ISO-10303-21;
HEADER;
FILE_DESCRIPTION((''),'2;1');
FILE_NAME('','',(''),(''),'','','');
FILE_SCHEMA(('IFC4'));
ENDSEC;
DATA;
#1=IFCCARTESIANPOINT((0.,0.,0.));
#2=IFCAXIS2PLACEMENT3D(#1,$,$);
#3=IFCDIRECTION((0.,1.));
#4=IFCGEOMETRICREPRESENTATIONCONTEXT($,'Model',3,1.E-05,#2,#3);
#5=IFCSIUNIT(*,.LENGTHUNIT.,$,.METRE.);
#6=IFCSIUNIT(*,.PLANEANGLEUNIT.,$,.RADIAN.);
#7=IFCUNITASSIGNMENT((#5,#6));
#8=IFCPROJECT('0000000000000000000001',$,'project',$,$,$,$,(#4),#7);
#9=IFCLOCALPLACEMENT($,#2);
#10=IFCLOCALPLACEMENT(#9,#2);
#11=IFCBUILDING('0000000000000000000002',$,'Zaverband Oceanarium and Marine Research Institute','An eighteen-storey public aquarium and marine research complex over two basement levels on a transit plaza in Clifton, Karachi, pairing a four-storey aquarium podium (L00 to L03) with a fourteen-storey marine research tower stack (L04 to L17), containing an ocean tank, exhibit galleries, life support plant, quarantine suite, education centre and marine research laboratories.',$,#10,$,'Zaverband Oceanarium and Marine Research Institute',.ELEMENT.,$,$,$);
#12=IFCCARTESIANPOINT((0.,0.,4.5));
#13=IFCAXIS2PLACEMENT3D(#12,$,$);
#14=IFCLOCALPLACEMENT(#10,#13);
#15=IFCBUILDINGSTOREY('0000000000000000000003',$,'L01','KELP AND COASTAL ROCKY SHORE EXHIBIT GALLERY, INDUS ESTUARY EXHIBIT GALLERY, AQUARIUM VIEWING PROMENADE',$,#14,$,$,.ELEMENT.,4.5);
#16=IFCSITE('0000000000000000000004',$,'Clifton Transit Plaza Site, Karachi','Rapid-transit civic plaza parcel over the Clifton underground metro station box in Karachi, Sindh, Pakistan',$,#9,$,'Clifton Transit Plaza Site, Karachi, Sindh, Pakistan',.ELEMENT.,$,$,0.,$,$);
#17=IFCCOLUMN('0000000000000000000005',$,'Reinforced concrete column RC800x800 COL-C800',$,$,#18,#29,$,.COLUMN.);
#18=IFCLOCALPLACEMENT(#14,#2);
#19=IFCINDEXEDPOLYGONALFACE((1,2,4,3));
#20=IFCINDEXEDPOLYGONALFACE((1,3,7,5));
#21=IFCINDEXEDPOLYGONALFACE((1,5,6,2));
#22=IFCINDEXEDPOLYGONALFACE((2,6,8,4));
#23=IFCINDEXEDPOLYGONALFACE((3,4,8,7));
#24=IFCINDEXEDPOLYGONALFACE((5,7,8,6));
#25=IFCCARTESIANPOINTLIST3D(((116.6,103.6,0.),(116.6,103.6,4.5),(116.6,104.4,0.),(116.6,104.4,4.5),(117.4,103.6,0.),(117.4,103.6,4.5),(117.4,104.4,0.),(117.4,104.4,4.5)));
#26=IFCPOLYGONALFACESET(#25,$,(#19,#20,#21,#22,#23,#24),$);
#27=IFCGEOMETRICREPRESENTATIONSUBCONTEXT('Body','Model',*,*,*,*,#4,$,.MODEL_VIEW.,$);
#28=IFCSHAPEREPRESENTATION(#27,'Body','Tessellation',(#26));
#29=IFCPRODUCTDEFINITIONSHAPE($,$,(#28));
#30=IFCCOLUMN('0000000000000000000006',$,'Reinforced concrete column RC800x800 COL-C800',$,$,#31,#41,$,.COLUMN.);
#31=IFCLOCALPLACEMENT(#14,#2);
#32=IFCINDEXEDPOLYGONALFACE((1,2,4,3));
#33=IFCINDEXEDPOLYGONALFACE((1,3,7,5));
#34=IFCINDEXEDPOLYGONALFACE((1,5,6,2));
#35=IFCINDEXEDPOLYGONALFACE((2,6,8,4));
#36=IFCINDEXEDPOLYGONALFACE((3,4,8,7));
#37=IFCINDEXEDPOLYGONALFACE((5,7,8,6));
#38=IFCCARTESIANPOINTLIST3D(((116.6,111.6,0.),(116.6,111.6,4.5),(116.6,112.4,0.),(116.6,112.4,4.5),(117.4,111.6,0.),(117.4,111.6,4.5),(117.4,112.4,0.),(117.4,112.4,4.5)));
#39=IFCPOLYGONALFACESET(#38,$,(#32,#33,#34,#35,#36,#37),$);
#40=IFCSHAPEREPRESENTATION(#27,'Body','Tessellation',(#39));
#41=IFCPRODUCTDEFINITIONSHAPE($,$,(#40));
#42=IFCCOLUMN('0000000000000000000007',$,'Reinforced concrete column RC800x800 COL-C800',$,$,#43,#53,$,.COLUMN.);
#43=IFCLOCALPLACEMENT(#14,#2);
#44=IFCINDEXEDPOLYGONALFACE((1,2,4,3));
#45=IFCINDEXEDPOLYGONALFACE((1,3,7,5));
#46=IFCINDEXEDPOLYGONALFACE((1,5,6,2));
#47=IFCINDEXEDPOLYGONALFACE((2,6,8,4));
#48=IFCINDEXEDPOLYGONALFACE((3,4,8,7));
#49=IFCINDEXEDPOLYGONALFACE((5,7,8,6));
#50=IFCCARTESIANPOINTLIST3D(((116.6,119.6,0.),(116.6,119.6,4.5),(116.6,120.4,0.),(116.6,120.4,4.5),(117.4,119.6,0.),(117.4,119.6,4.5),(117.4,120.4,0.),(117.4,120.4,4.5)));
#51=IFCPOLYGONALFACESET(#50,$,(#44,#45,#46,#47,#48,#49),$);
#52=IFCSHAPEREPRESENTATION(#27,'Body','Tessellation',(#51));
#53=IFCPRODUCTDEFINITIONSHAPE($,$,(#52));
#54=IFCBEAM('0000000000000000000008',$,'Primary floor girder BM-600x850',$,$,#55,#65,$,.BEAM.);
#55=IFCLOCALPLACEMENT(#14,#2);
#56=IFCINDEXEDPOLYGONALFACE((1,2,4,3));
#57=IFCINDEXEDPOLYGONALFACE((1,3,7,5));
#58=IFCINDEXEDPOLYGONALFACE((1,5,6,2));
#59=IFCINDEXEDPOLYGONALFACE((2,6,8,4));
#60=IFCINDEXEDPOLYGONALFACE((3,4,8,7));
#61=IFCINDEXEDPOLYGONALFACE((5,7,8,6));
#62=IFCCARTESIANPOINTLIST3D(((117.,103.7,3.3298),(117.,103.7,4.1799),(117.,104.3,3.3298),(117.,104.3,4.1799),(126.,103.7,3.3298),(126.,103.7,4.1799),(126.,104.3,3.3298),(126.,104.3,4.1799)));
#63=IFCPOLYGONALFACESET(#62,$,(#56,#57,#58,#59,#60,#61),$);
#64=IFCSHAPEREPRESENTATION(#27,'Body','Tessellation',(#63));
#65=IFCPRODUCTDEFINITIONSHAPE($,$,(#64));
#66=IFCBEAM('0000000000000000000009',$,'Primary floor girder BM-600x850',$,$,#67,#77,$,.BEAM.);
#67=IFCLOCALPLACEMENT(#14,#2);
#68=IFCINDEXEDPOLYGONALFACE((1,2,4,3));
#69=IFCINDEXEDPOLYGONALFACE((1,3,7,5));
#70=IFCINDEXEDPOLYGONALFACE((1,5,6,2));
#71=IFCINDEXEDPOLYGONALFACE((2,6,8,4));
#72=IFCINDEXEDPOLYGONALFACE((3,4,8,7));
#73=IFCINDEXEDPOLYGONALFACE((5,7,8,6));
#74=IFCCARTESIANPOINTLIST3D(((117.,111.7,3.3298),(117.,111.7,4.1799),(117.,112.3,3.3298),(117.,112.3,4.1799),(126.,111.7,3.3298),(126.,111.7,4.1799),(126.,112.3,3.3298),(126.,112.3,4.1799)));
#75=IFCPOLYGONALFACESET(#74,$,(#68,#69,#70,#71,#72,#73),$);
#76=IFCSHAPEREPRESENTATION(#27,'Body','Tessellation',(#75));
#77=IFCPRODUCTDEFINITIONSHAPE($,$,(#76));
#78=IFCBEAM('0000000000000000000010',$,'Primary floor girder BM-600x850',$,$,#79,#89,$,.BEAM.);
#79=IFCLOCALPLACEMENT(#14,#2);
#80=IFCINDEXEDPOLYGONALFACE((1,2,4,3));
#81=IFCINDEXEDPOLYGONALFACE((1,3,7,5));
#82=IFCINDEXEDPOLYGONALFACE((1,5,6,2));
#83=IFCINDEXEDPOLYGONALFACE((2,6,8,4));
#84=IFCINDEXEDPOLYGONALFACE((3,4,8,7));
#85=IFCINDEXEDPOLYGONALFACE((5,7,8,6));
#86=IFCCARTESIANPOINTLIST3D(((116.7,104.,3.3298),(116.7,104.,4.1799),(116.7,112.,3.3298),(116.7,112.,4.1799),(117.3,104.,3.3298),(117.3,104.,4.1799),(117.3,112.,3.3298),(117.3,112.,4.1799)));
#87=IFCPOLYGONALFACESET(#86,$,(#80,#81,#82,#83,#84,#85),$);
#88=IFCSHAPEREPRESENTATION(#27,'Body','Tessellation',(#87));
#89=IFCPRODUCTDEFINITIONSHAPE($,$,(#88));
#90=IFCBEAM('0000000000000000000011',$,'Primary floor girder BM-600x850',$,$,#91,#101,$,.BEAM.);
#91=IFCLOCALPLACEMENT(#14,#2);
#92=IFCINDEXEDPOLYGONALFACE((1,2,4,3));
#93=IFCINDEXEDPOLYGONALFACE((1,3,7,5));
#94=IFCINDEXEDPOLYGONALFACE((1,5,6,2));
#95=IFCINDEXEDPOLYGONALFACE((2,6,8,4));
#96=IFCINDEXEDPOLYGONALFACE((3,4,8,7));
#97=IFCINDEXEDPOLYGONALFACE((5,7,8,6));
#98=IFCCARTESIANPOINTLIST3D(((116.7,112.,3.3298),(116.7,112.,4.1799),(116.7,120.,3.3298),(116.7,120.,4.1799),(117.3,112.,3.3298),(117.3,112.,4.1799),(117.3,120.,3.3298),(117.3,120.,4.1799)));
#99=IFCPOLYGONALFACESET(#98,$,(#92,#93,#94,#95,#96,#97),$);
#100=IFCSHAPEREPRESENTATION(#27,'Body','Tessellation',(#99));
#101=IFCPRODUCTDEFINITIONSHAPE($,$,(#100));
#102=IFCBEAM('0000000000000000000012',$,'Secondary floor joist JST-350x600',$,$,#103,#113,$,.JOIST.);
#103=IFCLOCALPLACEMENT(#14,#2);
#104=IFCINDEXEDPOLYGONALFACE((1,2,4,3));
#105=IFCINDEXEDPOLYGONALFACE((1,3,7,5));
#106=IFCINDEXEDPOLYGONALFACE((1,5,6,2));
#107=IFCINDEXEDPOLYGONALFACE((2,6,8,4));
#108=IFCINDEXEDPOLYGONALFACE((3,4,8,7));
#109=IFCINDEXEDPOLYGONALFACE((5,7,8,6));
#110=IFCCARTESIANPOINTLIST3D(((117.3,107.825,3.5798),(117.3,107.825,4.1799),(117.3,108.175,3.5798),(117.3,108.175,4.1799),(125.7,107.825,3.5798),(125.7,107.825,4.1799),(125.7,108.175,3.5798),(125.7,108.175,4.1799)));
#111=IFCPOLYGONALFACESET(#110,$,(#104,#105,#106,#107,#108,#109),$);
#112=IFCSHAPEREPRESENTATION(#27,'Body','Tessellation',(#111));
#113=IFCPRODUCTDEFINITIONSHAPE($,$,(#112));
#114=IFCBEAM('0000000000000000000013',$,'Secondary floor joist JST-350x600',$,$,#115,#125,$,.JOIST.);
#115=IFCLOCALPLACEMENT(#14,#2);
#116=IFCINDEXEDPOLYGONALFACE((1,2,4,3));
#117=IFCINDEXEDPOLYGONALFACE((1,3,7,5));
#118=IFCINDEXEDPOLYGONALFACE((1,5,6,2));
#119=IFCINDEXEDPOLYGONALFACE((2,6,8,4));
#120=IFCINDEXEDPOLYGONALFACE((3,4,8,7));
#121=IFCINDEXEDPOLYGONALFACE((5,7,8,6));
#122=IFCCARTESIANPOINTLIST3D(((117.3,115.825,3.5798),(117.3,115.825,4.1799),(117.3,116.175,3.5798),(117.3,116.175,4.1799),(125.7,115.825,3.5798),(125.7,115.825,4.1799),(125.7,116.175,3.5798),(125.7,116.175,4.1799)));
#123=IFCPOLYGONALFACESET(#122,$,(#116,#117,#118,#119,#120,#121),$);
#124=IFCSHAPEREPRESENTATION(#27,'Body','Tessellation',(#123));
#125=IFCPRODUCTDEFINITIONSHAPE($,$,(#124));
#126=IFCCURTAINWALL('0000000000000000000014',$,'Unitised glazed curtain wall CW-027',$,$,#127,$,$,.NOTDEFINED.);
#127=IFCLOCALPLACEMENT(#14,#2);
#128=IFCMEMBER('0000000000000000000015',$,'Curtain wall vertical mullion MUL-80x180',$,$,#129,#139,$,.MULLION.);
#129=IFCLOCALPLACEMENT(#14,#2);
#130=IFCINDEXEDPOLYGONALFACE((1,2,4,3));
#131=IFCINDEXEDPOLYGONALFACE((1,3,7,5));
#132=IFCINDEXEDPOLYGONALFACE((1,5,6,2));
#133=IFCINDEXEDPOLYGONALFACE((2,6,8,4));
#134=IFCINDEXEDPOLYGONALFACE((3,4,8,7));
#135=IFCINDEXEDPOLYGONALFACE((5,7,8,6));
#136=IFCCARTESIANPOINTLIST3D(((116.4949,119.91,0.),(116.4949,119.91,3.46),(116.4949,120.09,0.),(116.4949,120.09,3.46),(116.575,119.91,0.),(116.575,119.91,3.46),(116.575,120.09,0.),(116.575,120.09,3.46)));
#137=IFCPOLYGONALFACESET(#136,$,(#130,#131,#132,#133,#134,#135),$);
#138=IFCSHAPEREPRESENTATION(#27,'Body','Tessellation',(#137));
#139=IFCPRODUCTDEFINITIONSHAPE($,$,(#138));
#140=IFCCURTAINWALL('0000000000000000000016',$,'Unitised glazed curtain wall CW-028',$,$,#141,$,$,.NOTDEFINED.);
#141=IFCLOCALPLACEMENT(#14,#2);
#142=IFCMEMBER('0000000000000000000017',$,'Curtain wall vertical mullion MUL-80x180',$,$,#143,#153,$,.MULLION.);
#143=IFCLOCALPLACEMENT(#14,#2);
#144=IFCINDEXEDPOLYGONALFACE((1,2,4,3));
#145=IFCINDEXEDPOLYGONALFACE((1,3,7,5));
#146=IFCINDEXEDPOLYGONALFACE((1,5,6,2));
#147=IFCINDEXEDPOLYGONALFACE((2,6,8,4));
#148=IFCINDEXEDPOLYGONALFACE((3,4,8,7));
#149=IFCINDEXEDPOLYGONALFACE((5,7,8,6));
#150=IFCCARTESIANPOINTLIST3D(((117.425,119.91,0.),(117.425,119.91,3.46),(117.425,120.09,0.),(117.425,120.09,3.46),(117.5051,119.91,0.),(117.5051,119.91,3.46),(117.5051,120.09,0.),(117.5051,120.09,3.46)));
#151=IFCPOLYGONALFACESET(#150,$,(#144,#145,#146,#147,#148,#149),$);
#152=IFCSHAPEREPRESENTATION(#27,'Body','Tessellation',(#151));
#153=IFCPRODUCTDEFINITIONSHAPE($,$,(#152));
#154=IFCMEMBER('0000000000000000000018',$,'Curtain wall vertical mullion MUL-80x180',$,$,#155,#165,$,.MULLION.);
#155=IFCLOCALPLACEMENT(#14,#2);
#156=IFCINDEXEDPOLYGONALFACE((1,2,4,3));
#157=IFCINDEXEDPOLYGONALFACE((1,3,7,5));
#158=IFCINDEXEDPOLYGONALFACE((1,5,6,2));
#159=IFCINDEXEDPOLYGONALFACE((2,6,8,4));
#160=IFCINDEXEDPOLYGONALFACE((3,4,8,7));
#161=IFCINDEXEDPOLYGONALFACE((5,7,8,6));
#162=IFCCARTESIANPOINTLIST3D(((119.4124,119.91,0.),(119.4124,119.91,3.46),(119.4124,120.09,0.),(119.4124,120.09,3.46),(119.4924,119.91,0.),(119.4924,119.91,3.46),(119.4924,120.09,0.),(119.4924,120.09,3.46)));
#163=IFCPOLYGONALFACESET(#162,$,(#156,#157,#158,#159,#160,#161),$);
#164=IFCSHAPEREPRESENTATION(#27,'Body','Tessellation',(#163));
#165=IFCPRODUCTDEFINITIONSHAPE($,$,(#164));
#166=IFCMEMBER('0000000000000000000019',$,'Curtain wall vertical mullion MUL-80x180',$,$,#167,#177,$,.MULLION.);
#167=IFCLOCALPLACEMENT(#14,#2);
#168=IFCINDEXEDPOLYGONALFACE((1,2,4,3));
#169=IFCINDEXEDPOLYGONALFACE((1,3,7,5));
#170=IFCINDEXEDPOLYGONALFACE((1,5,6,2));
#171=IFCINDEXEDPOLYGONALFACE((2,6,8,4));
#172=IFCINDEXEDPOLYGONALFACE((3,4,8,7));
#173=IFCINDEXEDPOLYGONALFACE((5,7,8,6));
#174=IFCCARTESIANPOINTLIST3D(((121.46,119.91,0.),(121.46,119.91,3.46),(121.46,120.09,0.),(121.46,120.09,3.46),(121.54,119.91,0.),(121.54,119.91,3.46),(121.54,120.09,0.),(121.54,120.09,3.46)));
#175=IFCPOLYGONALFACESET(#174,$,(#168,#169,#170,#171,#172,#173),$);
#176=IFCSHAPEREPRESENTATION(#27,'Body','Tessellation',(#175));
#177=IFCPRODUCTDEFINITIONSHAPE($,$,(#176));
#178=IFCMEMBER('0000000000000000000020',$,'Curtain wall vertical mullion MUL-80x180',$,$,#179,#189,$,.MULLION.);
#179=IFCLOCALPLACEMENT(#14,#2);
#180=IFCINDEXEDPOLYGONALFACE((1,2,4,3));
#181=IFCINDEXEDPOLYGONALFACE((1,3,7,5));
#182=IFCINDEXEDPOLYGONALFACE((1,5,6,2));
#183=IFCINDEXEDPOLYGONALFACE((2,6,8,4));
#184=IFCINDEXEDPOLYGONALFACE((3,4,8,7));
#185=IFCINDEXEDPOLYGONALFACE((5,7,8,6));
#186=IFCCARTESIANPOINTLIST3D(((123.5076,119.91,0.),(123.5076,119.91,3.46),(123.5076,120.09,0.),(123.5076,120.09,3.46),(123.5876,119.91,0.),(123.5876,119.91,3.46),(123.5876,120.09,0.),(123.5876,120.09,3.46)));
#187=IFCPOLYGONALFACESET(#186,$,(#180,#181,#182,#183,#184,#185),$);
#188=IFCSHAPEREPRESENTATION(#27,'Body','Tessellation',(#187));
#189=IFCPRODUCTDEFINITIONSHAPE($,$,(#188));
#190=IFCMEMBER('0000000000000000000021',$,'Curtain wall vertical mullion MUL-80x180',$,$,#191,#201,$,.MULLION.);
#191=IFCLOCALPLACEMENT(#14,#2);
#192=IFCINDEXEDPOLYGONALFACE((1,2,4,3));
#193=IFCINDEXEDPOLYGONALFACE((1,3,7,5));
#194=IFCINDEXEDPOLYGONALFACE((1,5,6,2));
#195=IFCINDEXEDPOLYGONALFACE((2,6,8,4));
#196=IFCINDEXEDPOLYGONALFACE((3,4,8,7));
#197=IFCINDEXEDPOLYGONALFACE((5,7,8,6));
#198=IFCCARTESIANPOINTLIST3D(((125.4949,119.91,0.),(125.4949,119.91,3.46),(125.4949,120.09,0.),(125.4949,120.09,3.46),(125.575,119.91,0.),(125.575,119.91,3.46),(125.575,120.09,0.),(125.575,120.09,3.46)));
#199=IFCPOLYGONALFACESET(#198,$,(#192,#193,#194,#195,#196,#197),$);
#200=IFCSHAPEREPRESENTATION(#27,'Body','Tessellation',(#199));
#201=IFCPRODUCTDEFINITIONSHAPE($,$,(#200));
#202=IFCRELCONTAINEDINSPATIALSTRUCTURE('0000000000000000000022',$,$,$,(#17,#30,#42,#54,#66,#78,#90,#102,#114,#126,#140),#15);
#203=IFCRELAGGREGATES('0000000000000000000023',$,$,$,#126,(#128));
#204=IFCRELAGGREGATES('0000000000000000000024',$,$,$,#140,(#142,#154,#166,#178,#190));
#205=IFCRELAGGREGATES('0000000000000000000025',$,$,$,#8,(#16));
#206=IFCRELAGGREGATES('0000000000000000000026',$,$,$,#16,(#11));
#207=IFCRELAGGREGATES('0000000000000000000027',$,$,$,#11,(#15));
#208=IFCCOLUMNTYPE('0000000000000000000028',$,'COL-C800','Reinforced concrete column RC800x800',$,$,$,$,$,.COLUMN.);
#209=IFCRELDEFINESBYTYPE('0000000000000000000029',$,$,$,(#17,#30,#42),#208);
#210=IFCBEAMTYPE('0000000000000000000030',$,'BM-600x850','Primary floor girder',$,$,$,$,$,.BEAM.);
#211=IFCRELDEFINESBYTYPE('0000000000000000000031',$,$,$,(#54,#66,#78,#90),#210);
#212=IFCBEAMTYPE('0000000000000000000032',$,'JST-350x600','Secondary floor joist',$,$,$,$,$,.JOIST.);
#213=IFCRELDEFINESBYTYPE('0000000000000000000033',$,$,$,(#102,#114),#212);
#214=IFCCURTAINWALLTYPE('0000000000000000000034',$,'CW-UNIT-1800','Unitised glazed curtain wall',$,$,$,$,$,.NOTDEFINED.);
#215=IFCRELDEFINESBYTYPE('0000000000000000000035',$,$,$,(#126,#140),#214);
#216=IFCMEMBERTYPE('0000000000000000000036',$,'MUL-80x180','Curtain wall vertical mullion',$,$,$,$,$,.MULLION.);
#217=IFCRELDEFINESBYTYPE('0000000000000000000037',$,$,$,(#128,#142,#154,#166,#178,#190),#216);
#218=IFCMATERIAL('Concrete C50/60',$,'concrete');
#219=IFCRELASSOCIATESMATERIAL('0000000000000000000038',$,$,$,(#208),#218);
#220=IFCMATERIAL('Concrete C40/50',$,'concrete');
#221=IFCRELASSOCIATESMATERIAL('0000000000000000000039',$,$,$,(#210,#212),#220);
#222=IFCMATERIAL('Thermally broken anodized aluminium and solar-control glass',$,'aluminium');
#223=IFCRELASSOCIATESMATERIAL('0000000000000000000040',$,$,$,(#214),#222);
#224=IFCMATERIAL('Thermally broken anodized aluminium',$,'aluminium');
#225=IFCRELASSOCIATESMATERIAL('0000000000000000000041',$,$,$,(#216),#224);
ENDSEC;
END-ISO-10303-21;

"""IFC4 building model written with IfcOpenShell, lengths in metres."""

from ifc_helpers import new_model, si_unit, direction, frame, origin, origin_2d, place, context, subcontext, project, spatial, rectangle, extrude, material, material_profile, profile_set, type_object, element, aggregate, save


model = new_model("IFC4")

# Units and contexts
model_context = context("Model", 3, precision=1e-05, world=origin(), true_north=direction((0.0, 1.0)))
body_context = subcontext(model_context, "Body", "Model", "MODEL_VIEW")
ifc_project = project(units=[si_unit("LENGTHUNIT", "METRE"), si_unit("PLANEANGLEUNIT", "RADIAN")], contexts=[model_context])

# Site, building, storey
site_placement = place(None, origin())
site = spatial("IfcSite", under=ifc_project, at=site_placement, Name="Clifton Transit Plaza Site, Karachi", Description="Rapid-transit civic plaza parcel over the Clifton underground metro station box in Karachi, Sindh, Pakistan", LongName="Clifton Transit Plaza Site, Karachi, Sindh, Pakistan", CompositionType="ELEMENT", RefElevation=0.0)
building_placement = place(site_placement, origin())
building = spatial("IfcBuilding", under=site, at=building_placement, Name="Zaverband Oceanarium and Marine Research Institute", Description="An eighteen-storey public aquarium and marine research complex over two basement levels on a transit plaza in Clifton, Karachi, pairing a four-storey aquarium podium (L00 to L03) with a fourteen-storey marine research tower stack (L04 to L17), containing an ocean tank, exhibit galleries, life support plant, quarantine suite, education centre and marine research laboratories.", LongName="Zaverband Oceanarium and Marine Research Institute", CompositionType="ELEMENT")
storey_placement = place(building_placement, frame((0.0, 0.0, 4.5)))
storey = spatial("IfcBuildingStorey", under=building, at=storey_placement, Name="L01", Description="KELP AND COASTAL ROCKY SHORE EXHIBIT GALLERY, INDUS ESTUARY EXHIBIT GALLERY, AQUARIUM VIEWING PROMENADE", CompositionType="ELEMENT", Elevation=4.5)

# Columns
ifc_material_1 = material(Name="Concrete C50/60", Category="concrete")
ifc_material_profile_1 = material_profile(ifc_material_1, rectangle(XDim=0.8, YDim=0.8, at=origin_2d()), Name="RC800x800")
ifc_profile_set_1 = profile_set([ifc_material_profile_1], Name="Concrete C50/60")
column_type = type_object("IfcColumnType", Name="COL-C800", Description="Reinforced concrete column RC800x800", PredefinedType="COLUMN", material=ifc_profile_set_1)
for number, where, z_axis, x_axis, name in (
    (1, (117.0, 104.0, 0.0), (0.0, 0.0, 1.0), (1.0, 0.0, 0.0), "Reinforced concrete column RC800x800 COL-C800"),
    (2, (117.0, 112.0, 0.0), (0.0, 0.0, 1.0), (1.0, 0.0, 0.0), "Reinforced concrete column RC800x800 COL-C800"),
    (3, (117.0, 120.0, 0.0), (0.0, 0.0, 1.0), (1.0, 0.0, 0.0), "Reinforced concrete column RC800x800 COL-C800"),
):
    element("IfcColumn", number, at=place(storey_placement, frame(where, z_axis=z_axis, x_axis=x_axis)), inside=storey, type_object=column_type, Name=name, PredefinedType="COLUMN", context=body_context, shape_type="SweptSolid", body=[
        extrude(rectangle(XDim=0.8, YDim=0.8, at=origin_2d()), origin(), (0.0, 0.0, 1.0), 4.5),
    ])

# Beams
ifc_material_2 = material(Name="Concrete C40/50", Category="concrete")
ifc_material_profile_2 = material_profile(ifc_material_2, rectangle(XDim=0.6001, YDim=0.8501, at=origin_2d()), Name="RC600x850")
ifc_profile_set_2 = profile_set([ifc_material_profile_2], Name="Concrete C40/50")
beam_type_1 = type_object("IfcBeamType", Name="BM-600x850", Description="Primary floor girder", PredefinedType="BEAM", material=ifc_profile_set_2)
for number, where, z_axis, x_axis, name in (
    (4, (117.0, 104.0, 3.7549), (1.0, 0.0, 0.0), (0.0, 1.0, 0.0), "Primary floor girder BM-600x850"),
    (5, (117.0, 112.0, 3.7549), (1.0, 0.0, 0.0), (0.0, 1.0, 0.0), "Primary floor girder BM-600x850"),
):
    element("IfcBeam", number, at=place(storey_placement, frame(where, z_axis=z_axis, x_axis=x_axis)), inside=storey, type_object=beam_type_1, Name=name, PredefinedType="BEAM", context=body_context, shape_type="SweptSolid", body=[
        extrude(rectangle(XDim=0.6001, YDim=0.8501, at=origin_2d()), origin(), (0.0, 0.0, 1.0), 9.0),
    ])
for number, where, z_axis, x_axis, name in (
    (6, (117.0, 104.0, 3.7549), (0.0, 1.0, 0.0), (-1.0, 0.0, 0.0), "Primary floor girder BM-600x850"),
    (7, (117.0, 112.0, 3.7549), (0.0, 1.0, 0.0), (-1.0, 0.0, 0.0), "Primary floor girder BM-600x850"),
):
    element("IfcBeam", number, at=place(storey_placement, frame(where, z_axis=z_axis, x_axis=x_axis)), inside=storey, type_object=beam_type_1, Name=name, PredefinedType="BEAM", context=body_context, shape_type="SweptSolid", body=[
        extrude(rectangle(XDim=0.6001, YDim=0.8501, at=origin_2d()), origin(), (0.0, 0.0, 1.0), 8.0),
    ])
ifc_material_profile_3 = material_profile(ifc_material_2, rectangle(XDim=0.3501, YDim=0.6001, at=origin_2d()), Name="RC350x600")
ifc_profile_set_3 = profile_set([ifc_material_profile_3], Name="Concrete C40/50")
beam_type_2 = type_object("IfcBeamType", Name="JST-350x600", Description="Secondary floor joist", PredefinedType="JOIST", material=ifc_profile_set_3)
for number, where, z_axis, x_axis, name in (
    (8, (117.3, 108.0, 3.8799), (1.0, 0.0, 0.0), (0.0, 1.0, 0.0), "Secondary floor joist JST-350x600"),
    (9, (117.3, 116.0, 3.8799), (1.0, 0.0, 0.0), (0.0, 1.0, 0.0), "Secondary floor joist JST-350x600"),
):
    element("IfcBeam", number, at=place(storey_placement, frame(where, z_axis=z_axis, x_axis=x_axis)), inside=storey, type_object=beam_type_2, Name=name, PredefinedType="JOIST", context=body_context, shape_type="SweptSolid", body=[
        extrude(rectangle(XDim=0.3501, YDim=0.6001, at=origin_2d()), origin(), (0.0, 0.0, 1.0), 8.3999),
    ])

# Curtain wall, member
ifc_material_3 = material(Name="Thermally broken anodized aluminium and solar-control glass", Category="aluminium")
curtain_wall_type = type_object("IfcCurtainWallType", Name="CW-UNIT-1800", Description="Unitised glazed curtain wall", PredefinedType="NOTDEFINED", material=ifc_material_3)
curtain_wall_1_placement = place(storey_placement, origin())
curtain_wall_1 = element("IfcCurtainWall", 10, at=curtain_wall_1_placement, inside=storey, type_object=curtain_wall_type, Name="Unitised glazed curtain wall CW-027", PredefinedType="NOTDEFINED")
ifc_material_4 = material(Name="Thermally broken anodized aluminium", Category="aluminium")
ifc_material_profile_4 = material_profile(ifc_material_4, rectangle(XDim=0.0801, YDim=0.1799, at=origin_2d()), Name="AL-MUL-80x180")
ifc_profile_set_4 = profile_set([ifc_material_profile_4], Name="Thermally broken anodized aluminium")
member_type_1 = type_object("IfcMemberType", Name="MUL-80x180", Description="Curtain wall vertical mullion", PredefinedType="MULLION", material=ifc_profile_set_4)
member_1_placement = place(storey_placement, frame((116.5349, 120.0, 0.0), z_axis=(0.0, 0.0, 1.0), x_axis=(1.0, 0.0, 0.0)))
member_1 = element("IfcMember", 11, at=member_1_placement, type_object=member_type_1, Name="Curtain wall vertical mullion MUL-80x180", PredefinedType="MULLION", context=body_context, shape_type="SweptSolid", body=[
    extrude(rectangle(XDim=0.0801, YDim=0.1799, at=origin_2d()), origin(), (0.0, 0.0, 1.0), 3.46),
])

# Curtain wall, members
curtain_wall_2_placement = place(storey_placement, origin())
curtain_wall_2 = element("IfcCurtainWall", 12, at=curtain_wall_2_placement, inside=storey, type_object=curtain_wall_type, Name="Unitised glazed curtain wall CW-028", PredefinedType="NOTDEFINED")
member_2_placement = place(storey_placement, frame((117.4651, 120.0, 0.0), z_axis=(0.0, 0.0, 1.0), x_axis=(1.0, 0.0, 0.0)))
member_2 = element("IfcMember", 13, at=member_2_placement, type_object=member_type_1, Name="Curtain wall vertical mullion MUL-80x180", PredefinedType="MULLION", context=body_context, shape_type="SweptSolid", body=[
    extrude(rectangle(XDim=0.0801, YDim=0.1799, at=origin_2d()), origin(), (0.0, 0.0, 1.0), 3.46),
])
member_3_placement = place(storey_placement, frame((119.4524, 120.0, 0.0), z_axis=(0.0, 0.0, 1.0), x_axis=(1.0, 0.0, 0.0)))
member_3 = element("IfcMember", 14, at=member_3_placement, type_object=member_type_1, Name="Curtain wall vertical mullion MUL-80x180", PredefinedType="MULLION", context=body_context, shape_type="SweptSolid", body=[
    extrude(rectangle(XDim=0.0801, YDim=0.1799, at=origin_2d()), origin(), (0.0, 0.0, 1.0), 3.46),
])
member_4_placement = place(storey_placement, frame((121.5, 120.0, 0.0), z_axis=(0.0, 0.0, 1.0), x_axis=(1.0, 0.0, 0.0)))
member_4 = element("IfcMember", 15, at=member_4_placement, type_object=member_type_1, Name="Curtain wall vertical mullion MUL-80x180", PredefinedType="MULLION", context=body_context, shape_type="SweptSolid", body=[
    extrude(rectangle(XDim=0.0801, YDim=0.1799, at=origin_2d()), origin(), (0.0, 0.0, 1.0), 3.46),
])
member_5_placement = place(storey_placement, frame((123.5476, 120.0, 0.0), z_axis=(0.0, 0.0, 1.0), x_axis=(1.0, 0.0, 0.0)))
member_5 = element("IfcMember", 16, at=member_5_placement, type_object=member_type_1, Name="Curtain wall vertical mullion MUL-80x180", PredefinedType="MULLION", context=body_context, shape_type="SweptSolid", body=[
    extrude(rectangle(XDim=0.0801, YDim=0.1799, at=origin_2d()), origin(), (0.0, 0.0, 1.0), 3.46),
])
member_6_placement = place(storey_placement, frame((125.5349, 120.0, 0.0), z_axis=(0.0, 0.0, 1.0), x_axis=(1.0, 0.0, 0.0)))
member_6 = element("IfcMember", 17, at=member_6_placement, type_object=member_type_1, Name="Curtain wall vertical mullion MUL-80x180", PredefinedType="MULLION", context=body_context, shape_type="SweptSolid", body=[
    extrude(rectangle(XDim=0.0801, YDim=0.1799, at=origin_2d()), origin(), (0.0, 0.0, 1.0), 3.46),
])

aggregate(curtain_wall_1, [member_1])
aggregate(curtain_wall_2, [member_2, member_3, member_4, member_5, member_6])

save(model, "model.ifc")
